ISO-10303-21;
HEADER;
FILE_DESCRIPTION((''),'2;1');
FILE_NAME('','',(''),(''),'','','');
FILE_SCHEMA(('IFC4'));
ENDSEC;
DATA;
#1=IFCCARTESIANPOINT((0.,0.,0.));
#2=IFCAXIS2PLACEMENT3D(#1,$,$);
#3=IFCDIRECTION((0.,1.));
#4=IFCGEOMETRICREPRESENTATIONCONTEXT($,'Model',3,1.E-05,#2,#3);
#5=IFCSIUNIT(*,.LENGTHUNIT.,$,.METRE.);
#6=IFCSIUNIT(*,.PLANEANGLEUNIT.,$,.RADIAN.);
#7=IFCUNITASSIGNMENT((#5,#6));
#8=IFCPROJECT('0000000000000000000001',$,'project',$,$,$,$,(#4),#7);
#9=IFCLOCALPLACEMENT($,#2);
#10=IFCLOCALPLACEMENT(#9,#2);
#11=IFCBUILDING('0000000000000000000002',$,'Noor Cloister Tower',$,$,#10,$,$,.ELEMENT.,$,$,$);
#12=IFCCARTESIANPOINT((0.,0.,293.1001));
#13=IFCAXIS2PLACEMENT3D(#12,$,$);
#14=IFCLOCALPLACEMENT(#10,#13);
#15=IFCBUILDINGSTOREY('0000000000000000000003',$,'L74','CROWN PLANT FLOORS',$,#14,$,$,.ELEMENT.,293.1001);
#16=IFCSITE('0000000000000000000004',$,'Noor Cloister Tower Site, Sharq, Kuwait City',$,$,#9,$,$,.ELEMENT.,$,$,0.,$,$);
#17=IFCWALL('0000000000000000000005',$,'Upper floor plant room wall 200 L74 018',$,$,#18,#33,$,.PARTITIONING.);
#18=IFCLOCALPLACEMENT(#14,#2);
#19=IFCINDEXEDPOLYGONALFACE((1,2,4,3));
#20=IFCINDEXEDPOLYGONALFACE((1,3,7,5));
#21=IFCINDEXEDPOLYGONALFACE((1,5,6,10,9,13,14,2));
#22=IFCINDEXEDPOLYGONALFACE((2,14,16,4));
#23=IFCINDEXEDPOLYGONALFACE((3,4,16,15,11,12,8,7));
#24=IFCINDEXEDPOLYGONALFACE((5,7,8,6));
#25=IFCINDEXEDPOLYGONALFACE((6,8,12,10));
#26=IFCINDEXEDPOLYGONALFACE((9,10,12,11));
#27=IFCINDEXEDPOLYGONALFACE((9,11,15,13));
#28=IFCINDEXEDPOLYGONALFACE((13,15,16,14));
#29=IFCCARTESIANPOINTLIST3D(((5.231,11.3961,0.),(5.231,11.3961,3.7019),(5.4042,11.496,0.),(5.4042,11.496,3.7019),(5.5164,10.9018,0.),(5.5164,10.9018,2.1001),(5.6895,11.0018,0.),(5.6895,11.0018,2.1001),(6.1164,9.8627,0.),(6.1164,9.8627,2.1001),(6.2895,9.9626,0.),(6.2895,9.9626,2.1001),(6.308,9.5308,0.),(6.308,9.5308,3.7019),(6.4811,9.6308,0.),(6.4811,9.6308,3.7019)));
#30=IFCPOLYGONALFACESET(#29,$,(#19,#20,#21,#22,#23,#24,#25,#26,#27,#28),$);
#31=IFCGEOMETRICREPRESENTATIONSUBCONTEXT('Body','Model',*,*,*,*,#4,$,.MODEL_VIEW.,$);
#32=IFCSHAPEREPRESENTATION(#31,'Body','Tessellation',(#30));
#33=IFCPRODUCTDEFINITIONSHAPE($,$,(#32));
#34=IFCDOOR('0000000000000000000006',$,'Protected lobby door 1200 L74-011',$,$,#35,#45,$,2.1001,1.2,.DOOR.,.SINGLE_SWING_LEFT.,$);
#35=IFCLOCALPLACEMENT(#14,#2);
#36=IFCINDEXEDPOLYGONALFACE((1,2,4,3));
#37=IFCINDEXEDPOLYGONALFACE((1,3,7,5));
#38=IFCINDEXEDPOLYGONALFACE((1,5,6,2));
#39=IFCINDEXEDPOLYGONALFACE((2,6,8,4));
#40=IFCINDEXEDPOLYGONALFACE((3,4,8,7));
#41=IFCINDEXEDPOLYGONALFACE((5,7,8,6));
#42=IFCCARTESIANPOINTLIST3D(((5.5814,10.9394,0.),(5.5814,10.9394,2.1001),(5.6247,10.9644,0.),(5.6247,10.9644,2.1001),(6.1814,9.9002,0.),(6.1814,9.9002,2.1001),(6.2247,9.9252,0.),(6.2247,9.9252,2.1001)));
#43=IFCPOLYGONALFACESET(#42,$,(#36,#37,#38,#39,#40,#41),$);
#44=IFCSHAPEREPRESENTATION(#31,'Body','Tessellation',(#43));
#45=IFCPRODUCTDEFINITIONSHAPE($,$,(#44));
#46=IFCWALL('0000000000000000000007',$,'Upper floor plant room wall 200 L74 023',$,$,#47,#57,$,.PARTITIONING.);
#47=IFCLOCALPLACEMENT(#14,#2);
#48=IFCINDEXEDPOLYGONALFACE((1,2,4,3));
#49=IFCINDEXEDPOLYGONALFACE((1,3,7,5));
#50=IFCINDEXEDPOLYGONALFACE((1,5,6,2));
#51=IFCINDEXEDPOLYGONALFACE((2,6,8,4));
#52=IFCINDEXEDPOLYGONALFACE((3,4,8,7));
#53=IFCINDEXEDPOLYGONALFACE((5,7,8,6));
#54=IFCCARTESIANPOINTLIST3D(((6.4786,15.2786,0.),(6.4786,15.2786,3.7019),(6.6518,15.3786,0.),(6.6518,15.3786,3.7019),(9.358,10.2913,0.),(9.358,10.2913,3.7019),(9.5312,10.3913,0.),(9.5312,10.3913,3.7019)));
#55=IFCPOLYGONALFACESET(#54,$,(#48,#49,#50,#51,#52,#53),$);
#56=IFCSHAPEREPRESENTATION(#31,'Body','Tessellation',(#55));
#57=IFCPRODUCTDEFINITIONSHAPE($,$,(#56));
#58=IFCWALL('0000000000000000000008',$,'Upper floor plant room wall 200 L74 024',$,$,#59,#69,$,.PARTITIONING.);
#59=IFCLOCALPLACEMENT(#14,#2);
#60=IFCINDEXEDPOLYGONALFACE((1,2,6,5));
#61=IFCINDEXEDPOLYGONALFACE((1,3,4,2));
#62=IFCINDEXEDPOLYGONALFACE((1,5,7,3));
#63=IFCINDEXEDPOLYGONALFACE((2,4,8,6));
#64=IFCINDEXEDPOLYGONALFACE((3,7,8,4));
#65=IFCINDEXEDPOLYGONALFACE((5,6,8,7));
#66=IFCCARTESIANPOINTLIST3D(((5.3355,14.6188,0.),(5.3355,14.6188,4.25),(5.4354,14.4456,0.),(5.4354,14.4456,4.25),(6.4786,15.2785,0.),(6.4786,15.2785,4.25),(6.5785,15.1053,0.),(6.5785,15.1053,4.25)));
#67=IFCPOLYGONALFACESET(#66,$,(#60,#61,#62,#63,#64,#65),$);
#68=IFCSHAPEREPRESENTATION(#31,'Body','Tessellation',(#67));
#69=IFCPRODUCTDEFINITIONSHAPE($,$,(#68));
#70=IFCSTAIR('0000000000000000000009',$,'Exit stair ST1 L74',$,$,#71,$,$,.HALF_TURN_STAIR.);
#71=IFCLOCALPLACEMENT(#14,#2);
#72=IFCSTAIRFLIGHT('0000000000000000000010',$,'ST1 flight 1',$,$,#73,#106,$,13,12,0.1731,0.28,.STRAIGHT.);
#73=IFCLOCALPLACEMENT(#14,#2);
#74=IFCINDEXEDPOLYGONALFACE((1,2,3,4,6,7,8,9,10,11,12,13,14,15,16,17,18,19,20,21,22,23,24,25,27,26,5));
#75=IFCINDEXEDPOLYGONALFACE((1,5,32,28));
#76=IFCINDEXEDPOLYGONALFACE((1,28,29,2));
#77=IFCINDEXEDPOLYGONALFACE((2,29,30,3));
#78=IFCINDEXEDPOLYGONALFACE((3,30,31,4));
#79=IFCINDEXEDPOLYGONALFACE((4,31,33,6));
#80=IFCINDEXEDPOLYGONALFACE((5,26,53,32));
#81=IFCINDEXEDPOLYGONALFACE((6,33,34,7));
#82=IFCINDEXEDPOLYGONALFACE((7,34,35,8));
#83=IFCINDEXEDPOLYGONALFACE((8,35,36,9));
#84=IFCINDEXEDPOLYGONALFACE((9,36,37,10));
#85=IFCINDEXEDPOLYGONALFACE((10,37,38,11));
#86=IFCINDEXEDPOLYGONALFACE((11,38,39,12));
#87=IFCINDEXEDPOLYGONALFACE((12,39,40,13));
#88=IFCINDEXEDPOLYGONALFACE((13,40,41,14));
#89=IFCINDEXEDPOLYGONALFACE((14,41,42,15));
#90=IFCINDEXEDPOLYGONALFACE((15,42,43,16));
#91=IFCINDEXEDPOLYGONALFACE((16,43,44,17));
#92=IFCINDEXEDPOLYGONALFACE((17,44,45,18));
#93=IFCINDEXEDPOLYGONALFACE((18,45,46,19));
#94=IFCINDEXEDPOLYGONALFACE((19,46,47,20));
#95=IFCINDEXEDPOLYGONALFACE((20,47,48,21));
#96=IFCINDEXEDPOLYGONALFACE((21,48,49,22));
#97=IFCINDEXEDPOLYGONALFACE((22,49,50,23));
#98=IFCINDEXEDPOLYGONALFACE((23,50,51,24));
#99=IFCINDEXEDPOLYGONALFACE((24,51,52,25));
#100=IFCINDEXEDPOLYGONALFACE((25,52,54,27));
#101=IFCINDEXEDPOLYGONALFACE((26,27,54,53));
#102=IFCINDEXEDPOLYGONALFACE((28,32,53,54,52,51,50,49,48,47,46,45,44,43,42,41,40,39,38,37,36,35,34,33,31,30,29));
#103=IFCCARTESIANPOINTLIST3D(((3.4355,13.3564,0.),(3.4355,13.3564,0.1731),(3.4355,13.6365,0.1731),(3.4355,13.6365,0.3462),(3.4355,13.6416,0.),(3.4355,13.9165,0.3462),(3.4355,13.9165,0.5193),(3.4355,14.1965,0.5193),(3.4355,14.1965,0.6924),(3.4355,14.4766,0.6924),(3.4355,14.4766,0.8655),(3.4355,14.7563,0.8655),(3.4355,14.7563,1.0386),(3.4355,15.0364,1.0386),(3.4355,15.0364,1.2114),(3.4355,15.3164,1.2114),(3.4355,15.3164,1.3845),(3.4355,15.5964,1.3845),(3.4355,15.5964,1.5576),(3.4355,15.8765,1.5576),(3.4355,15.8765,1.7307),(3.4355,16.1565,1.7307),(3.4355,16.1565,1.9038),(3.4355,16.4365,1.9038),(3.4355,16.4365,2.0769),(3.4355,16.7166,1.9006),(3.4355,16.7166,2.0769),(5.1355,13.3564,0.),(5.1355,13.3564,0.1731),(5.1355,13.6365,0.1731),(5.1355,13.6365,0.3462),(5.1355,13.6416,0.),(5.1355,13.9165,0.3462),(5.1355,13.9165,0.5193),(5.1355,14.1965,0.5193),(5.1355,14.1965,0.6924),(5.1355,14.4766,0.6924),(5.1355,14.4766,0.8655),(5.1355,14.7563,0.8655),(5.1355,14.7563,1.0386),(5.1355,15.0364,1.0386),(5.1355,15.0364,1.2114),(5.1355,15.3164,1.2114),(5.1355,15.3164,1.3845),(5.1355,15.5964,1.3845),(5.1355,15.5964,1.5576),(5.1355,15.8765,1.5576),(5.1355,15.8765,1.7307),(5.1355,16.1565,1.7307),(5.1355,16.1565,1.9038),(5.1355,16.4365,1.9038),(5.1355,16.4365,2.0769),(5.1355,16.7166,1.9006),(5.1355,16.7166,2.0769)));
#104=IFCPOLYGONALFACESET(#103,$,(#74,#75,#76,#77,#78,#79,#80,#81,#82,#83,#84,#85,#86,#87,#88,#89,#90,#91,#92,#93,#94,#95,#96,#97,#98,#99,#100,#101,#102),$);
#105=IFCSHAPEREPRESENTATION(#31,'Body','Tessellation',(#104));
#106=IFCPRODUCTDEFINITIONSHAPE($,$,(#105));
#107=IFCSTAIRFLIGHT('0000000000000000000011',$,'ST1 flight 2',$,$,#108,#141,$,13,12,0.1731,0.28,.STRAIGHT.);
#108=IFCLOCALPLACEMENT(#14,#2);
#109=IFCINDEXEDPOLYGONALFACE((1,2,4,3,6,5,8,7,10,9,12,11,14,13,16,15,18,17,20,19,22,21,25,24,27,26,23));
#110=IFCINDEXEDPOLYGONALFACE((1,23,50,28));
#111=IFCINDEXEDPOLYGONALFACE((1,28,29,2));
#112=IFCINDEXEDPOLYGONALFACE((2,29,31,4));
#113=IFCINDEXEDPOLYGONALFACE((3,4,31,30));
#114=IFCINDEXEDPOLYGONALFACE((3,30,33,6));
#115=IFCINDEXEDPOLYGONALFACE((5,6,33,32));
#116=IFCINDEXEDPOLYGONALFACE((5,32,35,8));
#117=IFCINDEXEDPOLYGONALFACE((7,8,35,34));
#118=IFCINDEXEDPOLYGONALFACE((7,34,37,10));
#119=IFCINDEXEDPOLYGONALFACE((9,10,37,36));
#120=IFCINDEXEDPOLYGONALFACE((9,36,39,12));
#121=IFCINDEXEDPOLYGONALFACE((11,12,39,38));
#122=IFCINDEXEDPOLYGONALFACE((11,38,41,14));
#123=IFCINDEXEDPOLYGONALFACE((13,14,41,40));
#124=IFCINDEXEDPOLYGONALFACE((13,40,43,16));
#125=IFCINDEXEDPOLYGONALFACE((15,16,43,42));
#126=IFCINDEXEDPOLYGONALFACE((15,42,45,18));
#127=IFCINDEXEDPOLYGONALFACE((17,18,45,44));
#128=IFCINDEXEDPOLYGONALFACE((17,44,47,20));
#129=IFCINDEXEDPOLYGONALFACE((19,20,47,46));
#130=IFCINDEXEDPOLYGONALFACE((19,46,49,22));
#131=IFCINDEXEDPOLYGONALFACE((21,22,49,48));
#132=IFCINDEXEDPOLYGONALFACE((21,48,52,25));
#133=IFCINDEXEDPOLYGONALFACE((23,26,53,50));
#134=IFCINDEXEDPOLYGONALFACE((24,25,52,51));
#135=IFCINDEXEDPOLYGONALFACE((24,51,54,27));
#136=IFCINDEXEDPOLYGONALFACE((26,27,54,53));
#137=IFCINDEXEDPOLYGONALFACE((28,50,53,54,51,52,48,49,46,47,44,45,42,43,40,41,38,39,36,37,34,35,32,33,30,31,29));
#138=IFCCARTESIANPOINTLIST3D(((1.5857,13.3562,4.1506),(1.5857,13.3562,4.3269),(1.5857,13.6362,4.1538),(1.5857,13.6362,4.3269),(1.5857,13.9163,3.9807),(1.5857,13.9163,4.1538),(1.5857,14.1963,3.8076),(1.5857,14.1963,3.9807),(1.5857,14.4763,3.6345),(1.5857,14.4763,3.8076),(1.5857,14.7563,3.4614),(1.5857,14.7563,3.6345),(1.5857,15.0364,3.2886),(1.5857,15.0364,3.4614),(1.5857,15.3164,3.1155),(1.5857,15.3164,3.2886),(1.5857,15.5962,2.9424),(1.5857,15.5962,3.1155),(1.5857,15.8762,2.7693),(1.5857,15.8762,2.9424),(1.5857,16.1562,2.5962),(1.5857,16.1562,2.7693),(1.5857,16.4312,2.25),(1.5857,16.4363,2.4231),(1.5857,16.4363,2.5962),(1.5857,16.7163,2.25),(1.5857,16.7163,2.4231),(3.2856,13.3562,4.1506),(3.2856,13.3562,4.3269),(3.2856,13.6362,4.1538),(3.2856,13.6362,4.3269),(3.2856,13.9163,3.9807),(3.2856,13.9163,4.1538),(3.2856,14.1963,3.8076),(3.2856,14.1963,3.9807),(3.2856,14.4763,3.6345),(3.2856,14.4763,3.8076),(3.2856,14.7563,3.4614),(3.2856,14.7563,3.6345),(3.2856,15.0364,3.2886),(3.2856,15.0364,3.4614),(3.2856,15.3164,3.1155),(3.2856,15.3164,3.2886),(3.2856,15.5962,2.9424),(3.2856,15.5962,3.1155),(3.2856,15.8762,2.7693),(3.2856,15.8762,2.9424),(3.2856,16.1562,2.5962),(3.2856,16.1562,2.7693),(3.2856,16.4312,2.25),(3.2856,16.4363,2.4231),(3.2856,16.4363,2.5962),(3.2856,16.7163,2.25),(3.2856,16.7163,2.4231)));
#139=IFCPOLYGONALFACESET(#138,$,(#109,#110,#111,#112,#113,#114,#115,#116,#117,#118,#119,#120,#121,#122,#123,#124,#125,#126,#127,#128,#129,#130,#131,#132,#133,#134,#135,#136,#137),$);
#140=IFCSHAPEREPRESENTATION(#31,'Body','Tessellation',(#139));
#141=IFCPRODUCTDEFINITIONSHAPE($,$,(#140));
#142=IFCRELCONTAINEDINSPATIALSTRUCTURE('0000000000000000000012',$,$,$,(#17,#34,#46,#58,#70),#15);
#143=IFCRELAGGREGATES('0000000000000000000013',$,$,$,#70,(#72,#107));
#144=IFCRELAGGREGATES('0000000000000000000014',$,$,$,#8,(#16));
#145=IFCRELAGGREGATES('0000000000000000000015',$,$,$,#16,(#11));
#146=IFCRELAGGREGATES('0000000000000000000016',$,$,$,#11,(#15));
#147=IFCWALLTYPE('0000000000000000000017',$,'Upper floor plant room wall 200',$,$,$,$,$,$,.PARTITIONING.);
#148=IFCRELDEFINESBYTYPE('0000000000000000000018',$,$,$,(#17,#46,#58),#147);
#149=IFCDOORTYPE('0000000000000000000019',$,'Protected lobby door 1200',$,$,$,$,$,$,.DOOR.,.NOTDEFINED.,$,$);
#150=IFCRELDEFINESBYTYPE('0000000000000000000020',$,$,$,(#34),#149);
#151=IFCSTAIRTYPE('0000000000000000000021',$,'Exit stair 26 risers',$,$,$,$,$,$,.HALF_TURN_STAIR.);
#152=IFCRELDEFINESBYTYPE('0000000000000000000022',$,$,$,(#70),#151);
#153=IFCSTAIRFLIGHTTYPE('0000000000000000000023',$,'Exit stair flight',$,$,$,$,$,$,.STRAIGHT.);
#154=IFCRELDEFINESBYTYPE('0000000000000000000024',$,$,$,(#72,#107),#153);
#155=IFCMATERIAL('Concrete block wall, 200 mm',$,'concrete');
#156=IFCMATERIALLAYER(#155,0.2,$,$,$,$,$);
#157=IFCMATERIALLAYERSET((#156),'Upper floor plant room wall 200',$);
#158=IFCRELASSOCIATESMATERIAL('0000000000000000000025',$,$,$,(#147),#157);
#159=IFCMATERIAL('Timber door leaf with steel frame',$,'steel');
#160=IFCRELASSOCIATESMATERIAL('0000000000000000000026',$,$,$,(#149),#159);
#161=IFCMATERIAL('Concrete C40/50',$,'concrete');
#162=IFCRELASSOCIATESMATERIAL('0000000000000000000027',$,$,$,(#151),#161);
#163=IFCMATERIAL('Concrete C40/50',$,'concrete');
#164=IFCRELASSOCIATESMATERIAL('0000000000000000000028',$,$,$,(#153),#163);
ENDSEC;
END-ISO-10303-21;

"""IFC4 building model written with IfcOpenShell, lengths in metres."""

from ifc_helpers import new_model, si_unit, direction, frame, frame_2d, origin, place, context, subcontext, project, spatial, polyline, rectangle, outline, extrude, material, layer, layer_set, type_object, element, fill, aggregate, save


model = new_model("IFC4")

# Units and contexts
model_context = context("Model", 3, precision=1e-05, world=origin(), true_north=direction((0.0, 1.0)))
body_context = subcontext(model_context, "Body", "Model", "MODEL_VIEW")
ifc_project = project(units=[si_unit("LENGTHUNIT", "METRE"), si_unit("PLANEANGLEUNIT", "RADIAN")], contexts=[model_context])

# Site, building, storey
site_placement = place(None, origin())
site = spatial("IfcSite", under=ifc_project, at=site_placement, Name="Noor Cloister Tower Site, Sharq, Kuwait City", CompositionType="ELEMENT", RefElevation=0.0)
building_placement = place(site_placement, origin())
building = spatial("IfcBuilding", under=site, at=building_placement, Name="Noor Cloister Tower", CompositionType="ELEMENT")
storey_placement = place(building_placement, frame((0.0, 0.0, 293.1001)))
storey = spatial("IfcBuildingStorey", under=building, at=storey_placement, Name="L74", Description="CROWN PLANT FLOORS", CompositionType="ELEMENT", Elevation=293.1001)

# Shared definitions
ifc_material_1 = material(Name="Concrete block wall, 200 mm", Category="concrete")
ifc_layer_1 = layer(ifc_material_1, 0.2)
ifc_layer_set_1 = layer_set([ifc_layer_1], Name="Upper floor plant room wall 200")
wall_type_1 = type_object("IfcWallType", Name="Upper floor plant room wall 200", PredefinedType="PARTITIONING", material=ifc_layer_set_1)

# Wall, opening, door
wall_1_placement = place(storey_placement, frame((6.3945, 9.5808, 0.0), z_axis=(0.0, 0.0, 1.0), x_axis=(-0.500004, 0.866023, 0.0)))
wall_1 = element("IfcWall", 1, at=wall_1_placement, inside=storey, type_object=wall_type_1, Name="Upper floor plant room wall 200 L74 018", PredefinedType="PARTITIONING", context=body_context, shape_type="SweptSolid", body=[
    extrude(rectangle(XDim=2.1538, YDim=0.2, at=frame_2d((1.0769, 0.0))), origin(), (0.0, 0.0, 1.0), 3.7019),
])
opening_1_placement = place(wall_1_placement, frame((0.3831, 0.0, 0.0)))
opening_1 = element("IfcOpeningElement", 2, at=opening_1_placement, cuts=wall_1, PredefinedType="OPENING", context=body_context, shape_type="SweptSolid", body=[
    extrude(rectangle(XDim=1.2, YDim=2.1001, at=frame_2d((0.6001, 1.05))), frame((0.0, 0.1099, 0.0), z_axis=(0.0, -1.0, 0.0), x_axis=(1.0, 0.0, 0.0)), (0.0, 0.0, 1.0), 0.22),
])
ifc_material_2 = material(Name="Timber door leaf with steel frame", Category="steel")
door_type_1 = type_object("IfcDoorType", Name="Protected lobby door 1200", OperationType="NOTDEFINED", PredefinedType="DOOR", material=ifc_material_2)
door_1_placement = place(opening_1_placement, origin())
door_1 = element("IfcDoor", 3, at=door_1_placement, inside=storey, type_object=door_type_1, Name="Protected lobby door 1200 L74-011", OperationType="SINGLE_SWING_LEFT", OverallHeight=2.1001, OverallWidth=1.2, PredefinedType="DOOR", context=body_context, shape_type="SweptSolid", body=[
    extrude(rectangle(XDim=1.2, YDim=2.1001, at=frame_2d((0.6001, 1.05))), frame((0.0, 0.0249, 0.0), z_axis=(0.0, -1.0, 0.0), x_axis=(1.0, 0.0, 0.0)), (0.0, 0.0, 1.0), 0.05),
])
fill(opening_1, door_1)

# Walls
wall_2_placement = place(storey_placement, frame((9.4446, 10.3413, 0.0), z_axis=(0.0, 0.0, 1.0), x_axis=(-0.499996, 0.866027, 0.0)))
element("IfcWall", 4, at=wall_2_placement, inside=storey, type_object=wall_type_1, Name="Upper floor plant room wall 200 L74 023", PredefinedType="PARTITIONING", context=body_context, shape_type="SweptSolid", body=[
    extrude(rectangle(XDim=5.7588, YDim=0.2, at=frame_2d((2.8794, 0.0))), origin(), (0.0, 0.0, 1.0), 3.7019),
])
wall_3_placement = place(storey_placement, frame((6.5286, 15.1919, 0.0), z_axis=(0.0, 0.0, 1.0), x_axis=(-0.866118, -0.49984, 0.0)))
element("IfcWall", 5, at=wall_3_placement, inside=storey, type_object=wall_type_1, Name="Upper floor plant room wall 200 L74 024", PredefinedType="PARTITIONING", context=body_context, shape_type="SweptSolid", body=[
    extrude(rectangle(XDim=1.3198, YDim=0.2, at=frame_2d((0.6599, 0.0))), origin(), (0.0, 0.0, 1.0), 4.25),
])

# Stair, stair flights
ifc_material_3 = material(Name="Concrete C40/50", Category="concrete")
stair_type = type_object("IfcStairType", Name="Exit stair 26 risers", PredefinedType="HALF_TURN_STAIR", material=ifc_material_3)
stair_placement = place(storey_placement, origin())
stair = element("IfcStair", 6, at=stair_placement, inside=storey, type_object=stair_type, Name="Exit stair ST1 L74", PredefinedType="HALF_TURN_STAIR")
ifc_material_4 = material(Name="Concrete C40/50", Category="concrete")
stair_flight_type = type_object("IfcStairFlightType", Name="Exit stair flight", PredefinedType="STRAIGHT", material=ifc_material_4)
stair_flight_1_placement = place(storey_placement, frame((4.2856, 13.3564, 0.0), z_axis=(0.0, 0.0, 1.0), x_axis=(0.0, 1.0, 0.0)))
stair_flight_1 = element("IfcStairFlight", 7, at=stair_flight_1_placement, type_object=stair_flight_type, Name="ST1 flight 1", NumberOfRisers=13, NumberOfTreads=12, PredefinedType="STRAIGHT", RiserHeight=0.1731, TreadLength=0.28, context=body_context, shape_type="SweptSolid", body=[
    extrude(outline(polyline([(0.0, 0.0), (0.0, 0.1731), (0.28, 0.1731), (0.28, 0.3462), (0.5601, 0.3462), (0.5601, 0.5193), (0.8401, 0.5193), (0.8401, 0.6924), (1.1201, 0.6924), (1.1201, 0.8655), (1.3999, 0.8655), (1.3999, 1.0386), (1.6799, 1.0386), (1.6799, 1.2114), (1.96, 1.2114), (1.96, 1.3845), (2.24, 1.3845), (2.24, 1.5576), (2.52, 1.5576), (2.52, 1.7307), (2.8, 1.7307), (2.8, 1.9038), (3.0801, 1.9038), (3.0801, 2.0769), (3.3601, 2.0769), (3.3601, 2.25), (3.3601, 1.9006), (0.2852, 0.0), (0.0, 0.0)])), frame((0.0, 0.8501, 0.0), z_axis=(0.0, -1.0, 0.0), x_axis=(1.0, 0.0, 0.0)), (0.0, 0.0, 1.0), 1.7),
])
stair_flight_2_placement = place(storey_placement, frame((2.4355, 16.7163, 2.25), z_axis=(0.0, 0.0, 1.0), x_axis=(0.0, -1.0, 0.0)))
stair_flight_2 = element("IfcStairFlight", 8, at=stair_flight_2_placement, type_object=stair_flight_type, Name="ST1 flight 2", NumberOfRisers=13, NumberOfTreads=12, PredefinedType="STRAIGHT", RiserHeight=0.1731, TreadLength=0.28, context=body_context, shape_type="SweptSolid", body=[
    extrude(outline(polyline([(0.0, 0.0), (0.0, 0.1731), (0.28, 0.1731), (0.28, 0.3462), (0.5601, 0.3462), (0.5601, 0.5193), (0.8401, 0.5193), (0.8401, 0.6924), (1.1201, 0.6924), (1.1201, 0.8655), (1.3999, 0.8655), (1.3999, 1.0386), (1.6799, 1.0386), (1.6799, 1.2114), (1.96, 1.2114), (1.96, 1.3845), (2.24, 1.3845), (2.24, 1.5576), (2.52, 1.5576), (2.52, 1.7307), (2.8, 1.7307), (2.8, 1.9038), (3.0801, 1.9038), (3.0801, 2.0769), (3.3601, 2.0769), (3.3601, 2.25), (3.3601, 1.9006), (0.2852, 0.0), (0.0, 0.0)])), frame((0.0, 0.8501, 0.0), z_axis=(0.0, -1.0, 0.0), x_axis=(1.0, 0.0, 0.0)), (0.0, 0.0, 1.0), 1.7),
])
aggregate(stair, [stair_flight_1, stair_flight_2])

save(model, "model.ifc")
